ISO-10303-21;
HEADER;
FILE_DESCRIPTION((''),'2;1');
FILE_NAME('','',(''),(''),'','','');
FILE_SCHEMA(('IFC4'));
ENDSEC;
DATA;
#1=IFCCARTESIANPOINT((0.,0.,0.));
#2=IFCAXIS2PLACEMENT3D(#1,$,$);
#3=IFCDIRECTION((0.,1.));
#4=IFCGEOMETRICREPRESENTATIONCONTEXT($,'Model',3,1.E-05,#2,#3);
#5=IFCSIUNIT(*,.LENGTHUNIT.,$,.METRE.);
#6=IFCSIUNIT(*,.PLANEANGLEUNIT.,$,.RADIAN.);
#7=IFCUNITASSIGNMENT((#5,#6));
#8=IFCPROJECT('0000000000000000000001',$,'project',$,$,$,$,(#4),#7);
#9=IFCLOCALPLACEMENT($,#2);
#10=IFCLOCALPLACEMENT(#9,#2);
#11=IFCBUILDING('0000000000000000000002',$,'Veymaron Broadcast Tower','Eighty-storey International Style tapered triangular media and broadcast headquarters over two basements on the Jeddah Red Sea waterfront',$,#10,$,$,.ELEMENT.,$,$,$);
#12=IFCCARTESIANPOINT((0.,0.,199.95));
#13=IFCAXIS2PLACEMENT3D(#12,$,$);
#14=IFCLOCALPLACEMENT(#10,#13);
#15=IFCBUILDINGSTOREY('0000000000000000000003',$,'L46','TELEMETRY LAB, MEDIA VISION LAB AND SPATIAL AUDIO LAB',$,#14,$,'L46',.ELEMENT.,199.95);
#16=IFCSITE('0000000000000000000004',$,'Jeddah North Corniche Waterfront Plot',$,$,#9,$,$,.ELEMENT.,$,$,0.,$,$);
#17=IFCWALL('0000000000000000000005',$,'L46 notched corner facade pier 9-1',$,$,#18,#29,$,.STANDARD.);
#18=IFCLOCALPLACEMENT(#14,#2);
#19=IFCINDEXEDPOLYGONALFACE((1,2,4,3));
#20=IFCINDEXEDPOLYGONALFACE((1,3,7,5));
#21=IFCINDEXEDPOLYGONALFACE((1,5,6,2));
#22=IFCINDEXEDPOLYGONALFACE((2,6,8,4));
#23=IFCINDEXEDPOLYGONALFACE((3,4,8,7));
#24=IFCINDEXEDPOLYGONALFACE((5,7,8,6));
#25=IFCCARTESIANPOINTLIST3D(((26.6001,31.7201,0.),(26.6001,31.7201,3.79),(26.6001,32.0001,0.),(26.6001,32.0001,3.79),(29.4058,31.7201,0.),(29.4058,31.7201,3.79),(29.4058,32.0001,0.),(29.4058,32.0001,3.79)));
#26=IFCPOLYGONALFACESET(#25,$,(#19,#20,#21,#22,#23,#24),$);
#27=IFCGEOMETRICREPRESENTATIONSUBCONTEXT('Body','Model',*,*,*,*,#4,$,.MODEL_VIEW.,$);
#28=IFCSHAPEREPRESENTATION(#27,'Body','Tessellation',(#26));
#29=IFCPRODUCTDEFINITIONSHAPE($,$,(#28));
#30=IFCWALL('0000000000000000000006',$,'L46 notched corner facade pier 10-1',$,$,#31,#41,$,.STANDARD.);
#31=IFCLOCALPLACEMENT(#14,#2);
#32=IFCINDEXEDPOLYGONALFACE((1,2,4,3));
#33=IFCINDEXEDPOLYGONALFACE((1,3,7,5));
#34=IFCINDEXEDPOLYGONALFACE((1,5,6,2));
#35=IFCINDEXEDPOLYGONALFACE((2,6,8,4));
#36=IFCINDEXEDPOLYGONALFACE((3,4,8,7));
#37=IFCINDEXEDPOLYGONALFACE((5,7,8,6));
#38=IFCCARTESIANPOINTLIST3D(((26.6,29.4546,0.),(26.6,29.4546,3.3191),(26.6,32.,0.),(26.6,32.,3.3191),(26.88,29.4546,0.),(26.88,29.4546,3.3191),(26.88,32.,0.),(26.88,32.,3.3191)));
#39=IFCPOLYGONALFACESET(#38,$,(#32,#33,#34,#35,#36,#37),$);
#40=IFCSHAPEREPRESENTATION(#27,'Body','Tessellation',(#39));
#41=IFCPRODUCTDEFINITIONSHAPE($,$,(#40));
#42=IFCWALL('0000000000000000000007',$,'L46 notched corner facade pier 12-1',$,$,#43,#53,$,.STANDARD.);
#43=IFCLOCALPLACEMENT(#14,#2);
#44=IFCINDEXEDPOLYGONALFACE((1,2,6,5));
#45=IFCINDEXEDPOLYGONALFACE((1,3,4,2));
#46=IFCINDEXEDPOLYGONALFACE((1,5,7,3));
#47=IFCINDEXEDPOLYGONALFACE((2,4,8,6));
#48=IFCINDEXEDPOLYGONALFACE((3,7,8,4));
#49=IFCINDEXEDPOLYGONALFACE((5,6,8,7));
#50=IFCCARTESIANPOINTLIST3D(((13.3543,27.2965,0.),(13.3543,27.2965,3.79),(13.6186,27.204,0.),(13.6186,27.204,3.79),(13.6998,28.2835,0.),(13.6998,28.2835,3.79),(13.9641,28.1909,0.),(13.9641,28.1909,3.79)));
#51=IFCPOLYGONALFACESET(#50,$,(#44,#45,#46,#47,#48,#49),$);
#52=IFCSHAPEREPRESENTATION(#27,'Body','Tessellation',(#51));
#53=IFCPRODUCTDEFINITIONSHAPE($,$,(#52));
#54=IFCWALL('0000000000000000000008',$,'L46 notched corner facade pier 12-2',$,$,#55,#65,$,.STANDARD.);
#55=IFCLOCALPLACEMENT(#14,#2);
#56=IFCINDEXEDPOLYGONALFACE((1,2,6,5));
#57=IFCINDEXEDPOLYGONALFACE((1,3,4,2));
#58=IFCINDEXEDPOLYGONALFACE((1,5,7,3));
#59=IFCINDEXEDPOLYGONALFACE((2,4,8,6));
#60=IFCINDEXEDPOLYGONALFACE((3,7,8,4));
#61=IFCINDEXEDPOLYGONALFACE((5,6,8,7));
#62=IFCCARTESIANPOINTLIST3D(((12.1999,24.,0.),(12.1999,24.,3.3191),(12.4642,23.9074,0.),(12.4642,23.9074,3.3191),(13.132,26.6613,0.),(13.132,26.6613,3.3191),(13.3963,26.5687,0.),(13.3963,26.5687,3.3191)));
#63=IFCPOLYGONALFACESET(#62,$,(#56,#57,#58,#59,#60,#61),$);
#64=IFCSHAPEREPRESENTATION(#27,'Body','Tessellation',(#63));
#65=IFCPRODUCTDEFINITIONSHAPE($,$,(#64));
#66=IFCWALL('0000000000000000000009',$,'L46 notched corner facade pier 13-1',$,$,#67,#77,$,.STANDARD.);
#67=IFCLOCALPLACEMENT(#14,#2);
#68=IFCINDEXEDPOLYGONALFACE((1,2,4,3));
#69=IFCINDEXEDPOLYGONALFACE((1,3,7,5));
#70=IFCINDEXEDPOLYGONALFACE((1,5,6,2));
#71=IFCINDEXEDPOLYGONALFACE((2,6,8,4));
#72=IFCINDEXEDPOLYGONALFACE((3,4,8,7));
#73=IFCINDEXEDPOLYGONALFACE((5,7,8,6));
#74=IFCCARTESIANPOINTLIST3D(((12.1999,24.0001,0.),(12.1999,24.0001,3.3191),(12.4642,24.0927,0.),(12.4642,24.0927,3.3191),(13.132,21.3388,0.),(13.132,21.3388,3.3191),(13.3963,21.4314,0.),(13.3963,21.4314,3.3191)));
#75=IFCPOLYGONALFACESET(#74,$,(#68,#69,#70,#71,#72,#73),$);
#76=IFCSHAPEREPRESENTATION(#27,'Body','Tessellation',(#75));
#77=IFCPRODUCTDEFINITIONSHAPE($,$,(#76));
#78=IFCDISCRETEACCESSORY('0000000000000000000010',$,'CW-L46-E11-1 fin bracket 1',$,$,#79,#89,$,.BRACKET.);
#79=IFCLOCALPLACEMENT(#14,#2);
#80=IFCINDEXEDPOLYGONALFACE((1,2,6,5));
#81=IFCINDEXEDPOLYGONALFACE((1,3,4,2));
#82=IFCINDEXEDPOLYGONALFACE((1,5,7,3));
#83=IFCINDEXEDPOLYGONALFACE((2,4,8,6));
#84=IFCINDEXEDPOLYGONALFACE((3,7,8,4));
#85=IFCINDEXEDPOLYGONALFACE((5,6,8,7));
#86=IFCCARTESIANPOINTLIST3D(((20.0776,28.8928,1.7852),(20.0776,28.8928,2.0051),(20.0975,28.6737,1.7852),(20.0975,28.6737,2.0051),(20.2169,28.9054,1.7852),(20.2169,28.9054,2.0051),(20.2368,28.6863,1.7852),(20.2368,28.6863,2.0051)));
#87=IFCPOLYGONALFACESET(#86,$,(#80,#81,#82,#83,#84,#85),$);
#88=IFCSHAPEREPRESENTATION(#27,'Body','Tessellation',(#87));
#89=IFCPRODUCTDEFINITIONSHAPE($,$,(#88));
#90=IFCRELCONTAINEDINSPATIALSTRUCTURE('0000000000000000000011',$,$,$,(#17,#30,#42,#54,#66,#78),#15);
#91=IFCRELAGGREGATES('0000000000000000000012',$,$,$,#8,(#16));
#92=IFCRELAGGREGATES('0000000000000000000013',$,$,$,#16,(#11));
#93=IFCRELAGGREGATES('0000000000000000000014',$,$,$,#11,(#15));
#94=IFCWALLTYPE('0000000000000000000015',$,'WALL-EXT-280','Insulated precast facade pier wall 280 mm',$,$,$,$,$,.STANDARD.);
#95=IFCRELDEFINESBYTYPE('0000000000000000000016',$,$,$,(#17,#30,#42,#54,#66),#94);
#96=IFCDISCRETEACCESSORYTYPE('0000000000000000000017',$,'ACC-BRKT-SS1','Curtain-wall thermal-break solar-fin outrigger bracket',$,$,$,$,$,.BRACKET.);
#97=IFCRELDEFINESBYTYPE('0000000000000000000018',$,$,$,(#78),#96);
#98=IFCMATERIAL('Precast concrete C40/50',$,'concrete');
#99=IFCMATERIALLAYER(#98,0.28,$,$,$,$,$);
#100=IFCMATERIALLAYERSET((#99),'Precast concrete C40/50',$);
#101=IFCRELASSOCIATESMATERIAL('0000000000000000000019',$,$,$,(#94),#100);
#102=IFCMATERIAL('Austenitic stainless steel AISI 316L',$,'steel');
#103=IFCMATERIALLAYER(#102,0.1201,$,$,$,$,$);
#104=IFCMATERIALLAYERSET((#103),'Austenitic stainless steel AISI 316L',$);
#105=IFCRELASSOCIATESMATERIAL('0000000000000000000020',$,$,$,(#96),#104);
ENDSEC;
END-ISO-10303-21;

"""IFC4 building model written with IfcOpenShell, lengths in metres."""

from ifc_helpers import new_model, si_unit, direction, frame, frame_2d, origin, origin_2d, place, context, subcontext, project, spatial, rectangle, extrude, material, layer, layer_set, type_object, element, save


model = new_model("IFC4")

# Units and contexts
model_context = context("Model", 3, precision=1e-05, world=origin(), true_north=direction((0.0, 1.0)))
body_context = subcontext(model_context, "Body", "Model", "MODEL_VIEW")
ifc_project = project(units=[si_unit("LENGTHUNIT", "METRE"), si_unit("PLANEANGLEUNIT", "RADIAN")], contexts=[model_context])

# Site, building, storey
site_placement = place(None, origin())
site = spatial("IfcSite", under=ifc_project, at=site_placement, Name="Jeddah North Corniche Waterfront Plot", CompositionType="ELEMENT", RefElevation=0.0)
building_placement = place(site_placement, origin())
building = spatial("IfcBuilding", under=site, at=building_placement, Name="Veymaron Broadcast Tower", Description="Eighty-storey International Style tapered triangular media and broadcast headquarters over two basements on the Jeddah Red Sea waterfront", CompositionType="ELEMENT")
storey_placement = place(building_placement, frame((0.0, 0.0, 199.95)))
storey = spatial("IfcBuildingStorey", under=building, at=storey_placement, Name="L46", Description="TELEMETRY LAB, MEDIA VISION LAB AND SPATIAL AUDIO LAB", LongName="L46", CompositionType="ELEMENT", Elevation=199.95)

# Walls
ifc_material_1 = material(Name="Precast concrete C40/50", Category="concrete")
ifc_layer_1 = layer(ifc_material_1, 0.28)
ifc_layer_set_1 = layer_set([ifc_layer_1], Name="Precast concrete C40/50")
wall_type = type_object("IfcWallType", Name="WALL-EXT-280", Description="Insulated precast facade pier wall 280 mm", PredefinedType="STANDARD", material=ifc_layer_set_1)
wall_1_placement = place(storey_placement, frame((29.4058, 31.8601, 0.0), z_axis=(0.0, 0.0, 1.0), x_axis=(-1.0, 0.0, 0.0)))
element("IfcWall", 1, at=wall_1_placement, inside=storey, type_object=wall_type, Name="L46 notched corner facade pier 9-1", PredefinedType="STANDARD", context=body_context, shape_type="SweptSolid", body=[
    extrude(rectangle(XDim=2.8057, YDim=0.28, at=frame_2d((1.4028, 0.0))), origin(), (0.0, 0.0, 1.0), 3.79),
])
wall_2_placement = place(storey_placement, frame((26.74, 32.0, 0.0), z_axis=(0.0, 0.0, 1.0), x_axis=(0.0, -1.0, 0.0)))
element("IfcWall", 2, at=wall_2_placement, inside=storey, type_object=wall_type, Name="L46 notched corner facade pier 10-1", PredefinedType="STANDARD", context=body_context, shape_type="SweptSolid", body=[
    extrude(rectangle(XDim=2.5454, YDim=0.28, at=frame_2d((1.2727, 0.0))), origin(), (0.0, 0.0, 1.0), 3.3191),
])
wall_3_placement = place(storey_placement, frame((13.832, 28.2373, 0.0), z_axis=(0.0, 0.0, 1.0), x_axis=(-0.330413, -0.943837, 0.0)))
element("IfcWall", 3, at=wall_3_placement, inside=storey, type_object=wall_type, Name="L46 notched corner facade pier 12-1", PredefinedType="STANDARD", context=body_context, shape_type="SweptSolid", body=[
    extrude(rectangle(XDim=1.0457, YDim=0.28, at=frame_2d((0.5229, 0.0))), origin(), (0.0, 0.0, 1.0), 3.79),
])
for number, where, z_axis, x_axis, name in (
    (4, (13.2642, 26.615, 0.0), (0.0, 0.0, 1.0), (-0.330555, -0.943787, 0.0), "L46 notched corner facade pier 12-2"),
    (5, (12.332, 24.0464, 0.0), (0.0, 0.0, 1.0), (0.330555, -0.943787, 0.0), "L46 notched corner facade pier 13-1"),
):
    element("IfcWall", number, at=place(storey_placement, frame(where, z_axis=z_axis, x_axis=x_axis)), inside=storey, type_object=wall_type, Name=name, PredefinedType="STANDARD", context=body_context, shape_type="SweptSolid", body=[
        extrude(rectangle(XDim=2.8198, YDim=0.28, at=frame_2d((1.4099, 0.0))), origin(), (0.0, 0.0, 1.0), 3.3191),
    ])

# Discrete accessory
ifc_material_2 = material(Name="Austenitic stainless steel AISI 316L", Category="steel")
ifc_layer_2 = layer(ifc_material_2, 0.1201)
ifc_layer_set_2 = layer_set([ifc_layer_2], Name="Austenitic stainless steel AISI 316L")
discrete_accessory_type = type_object("IfcDiscreteAccessoryType", Name="ACC-BRKT-SS1", Description="Curtain-wall thermal-break solar-fin outrigger bracket", PredefinedType="BRACKET", material=ifc_layer_set_2)
discrete_accessory_placement = place(storey_placement, frame((20.1572, 28.7896, 1.7852), z_axis=(0.0, 0.0, 1.0), x_axis=(-0.090424, 0.995903, 0.0)))
element("IfcDiscreteAccessory", 6, at=discrete_accessory_placement, inside=storey, type_object=discrete_accessory_type, Name="CW-L46-E11-1 fin bracket 1", PredefinedType="BRACKET", context=body_context, shape_type="SweptSolid", body=[
    extrude(rectangle(XDim=0.22, YDim=0.1399, at=origin_2d()), origin(), (0.0, 0.0, 1.0), 0.22),
])

save(model, "model.ifc")
